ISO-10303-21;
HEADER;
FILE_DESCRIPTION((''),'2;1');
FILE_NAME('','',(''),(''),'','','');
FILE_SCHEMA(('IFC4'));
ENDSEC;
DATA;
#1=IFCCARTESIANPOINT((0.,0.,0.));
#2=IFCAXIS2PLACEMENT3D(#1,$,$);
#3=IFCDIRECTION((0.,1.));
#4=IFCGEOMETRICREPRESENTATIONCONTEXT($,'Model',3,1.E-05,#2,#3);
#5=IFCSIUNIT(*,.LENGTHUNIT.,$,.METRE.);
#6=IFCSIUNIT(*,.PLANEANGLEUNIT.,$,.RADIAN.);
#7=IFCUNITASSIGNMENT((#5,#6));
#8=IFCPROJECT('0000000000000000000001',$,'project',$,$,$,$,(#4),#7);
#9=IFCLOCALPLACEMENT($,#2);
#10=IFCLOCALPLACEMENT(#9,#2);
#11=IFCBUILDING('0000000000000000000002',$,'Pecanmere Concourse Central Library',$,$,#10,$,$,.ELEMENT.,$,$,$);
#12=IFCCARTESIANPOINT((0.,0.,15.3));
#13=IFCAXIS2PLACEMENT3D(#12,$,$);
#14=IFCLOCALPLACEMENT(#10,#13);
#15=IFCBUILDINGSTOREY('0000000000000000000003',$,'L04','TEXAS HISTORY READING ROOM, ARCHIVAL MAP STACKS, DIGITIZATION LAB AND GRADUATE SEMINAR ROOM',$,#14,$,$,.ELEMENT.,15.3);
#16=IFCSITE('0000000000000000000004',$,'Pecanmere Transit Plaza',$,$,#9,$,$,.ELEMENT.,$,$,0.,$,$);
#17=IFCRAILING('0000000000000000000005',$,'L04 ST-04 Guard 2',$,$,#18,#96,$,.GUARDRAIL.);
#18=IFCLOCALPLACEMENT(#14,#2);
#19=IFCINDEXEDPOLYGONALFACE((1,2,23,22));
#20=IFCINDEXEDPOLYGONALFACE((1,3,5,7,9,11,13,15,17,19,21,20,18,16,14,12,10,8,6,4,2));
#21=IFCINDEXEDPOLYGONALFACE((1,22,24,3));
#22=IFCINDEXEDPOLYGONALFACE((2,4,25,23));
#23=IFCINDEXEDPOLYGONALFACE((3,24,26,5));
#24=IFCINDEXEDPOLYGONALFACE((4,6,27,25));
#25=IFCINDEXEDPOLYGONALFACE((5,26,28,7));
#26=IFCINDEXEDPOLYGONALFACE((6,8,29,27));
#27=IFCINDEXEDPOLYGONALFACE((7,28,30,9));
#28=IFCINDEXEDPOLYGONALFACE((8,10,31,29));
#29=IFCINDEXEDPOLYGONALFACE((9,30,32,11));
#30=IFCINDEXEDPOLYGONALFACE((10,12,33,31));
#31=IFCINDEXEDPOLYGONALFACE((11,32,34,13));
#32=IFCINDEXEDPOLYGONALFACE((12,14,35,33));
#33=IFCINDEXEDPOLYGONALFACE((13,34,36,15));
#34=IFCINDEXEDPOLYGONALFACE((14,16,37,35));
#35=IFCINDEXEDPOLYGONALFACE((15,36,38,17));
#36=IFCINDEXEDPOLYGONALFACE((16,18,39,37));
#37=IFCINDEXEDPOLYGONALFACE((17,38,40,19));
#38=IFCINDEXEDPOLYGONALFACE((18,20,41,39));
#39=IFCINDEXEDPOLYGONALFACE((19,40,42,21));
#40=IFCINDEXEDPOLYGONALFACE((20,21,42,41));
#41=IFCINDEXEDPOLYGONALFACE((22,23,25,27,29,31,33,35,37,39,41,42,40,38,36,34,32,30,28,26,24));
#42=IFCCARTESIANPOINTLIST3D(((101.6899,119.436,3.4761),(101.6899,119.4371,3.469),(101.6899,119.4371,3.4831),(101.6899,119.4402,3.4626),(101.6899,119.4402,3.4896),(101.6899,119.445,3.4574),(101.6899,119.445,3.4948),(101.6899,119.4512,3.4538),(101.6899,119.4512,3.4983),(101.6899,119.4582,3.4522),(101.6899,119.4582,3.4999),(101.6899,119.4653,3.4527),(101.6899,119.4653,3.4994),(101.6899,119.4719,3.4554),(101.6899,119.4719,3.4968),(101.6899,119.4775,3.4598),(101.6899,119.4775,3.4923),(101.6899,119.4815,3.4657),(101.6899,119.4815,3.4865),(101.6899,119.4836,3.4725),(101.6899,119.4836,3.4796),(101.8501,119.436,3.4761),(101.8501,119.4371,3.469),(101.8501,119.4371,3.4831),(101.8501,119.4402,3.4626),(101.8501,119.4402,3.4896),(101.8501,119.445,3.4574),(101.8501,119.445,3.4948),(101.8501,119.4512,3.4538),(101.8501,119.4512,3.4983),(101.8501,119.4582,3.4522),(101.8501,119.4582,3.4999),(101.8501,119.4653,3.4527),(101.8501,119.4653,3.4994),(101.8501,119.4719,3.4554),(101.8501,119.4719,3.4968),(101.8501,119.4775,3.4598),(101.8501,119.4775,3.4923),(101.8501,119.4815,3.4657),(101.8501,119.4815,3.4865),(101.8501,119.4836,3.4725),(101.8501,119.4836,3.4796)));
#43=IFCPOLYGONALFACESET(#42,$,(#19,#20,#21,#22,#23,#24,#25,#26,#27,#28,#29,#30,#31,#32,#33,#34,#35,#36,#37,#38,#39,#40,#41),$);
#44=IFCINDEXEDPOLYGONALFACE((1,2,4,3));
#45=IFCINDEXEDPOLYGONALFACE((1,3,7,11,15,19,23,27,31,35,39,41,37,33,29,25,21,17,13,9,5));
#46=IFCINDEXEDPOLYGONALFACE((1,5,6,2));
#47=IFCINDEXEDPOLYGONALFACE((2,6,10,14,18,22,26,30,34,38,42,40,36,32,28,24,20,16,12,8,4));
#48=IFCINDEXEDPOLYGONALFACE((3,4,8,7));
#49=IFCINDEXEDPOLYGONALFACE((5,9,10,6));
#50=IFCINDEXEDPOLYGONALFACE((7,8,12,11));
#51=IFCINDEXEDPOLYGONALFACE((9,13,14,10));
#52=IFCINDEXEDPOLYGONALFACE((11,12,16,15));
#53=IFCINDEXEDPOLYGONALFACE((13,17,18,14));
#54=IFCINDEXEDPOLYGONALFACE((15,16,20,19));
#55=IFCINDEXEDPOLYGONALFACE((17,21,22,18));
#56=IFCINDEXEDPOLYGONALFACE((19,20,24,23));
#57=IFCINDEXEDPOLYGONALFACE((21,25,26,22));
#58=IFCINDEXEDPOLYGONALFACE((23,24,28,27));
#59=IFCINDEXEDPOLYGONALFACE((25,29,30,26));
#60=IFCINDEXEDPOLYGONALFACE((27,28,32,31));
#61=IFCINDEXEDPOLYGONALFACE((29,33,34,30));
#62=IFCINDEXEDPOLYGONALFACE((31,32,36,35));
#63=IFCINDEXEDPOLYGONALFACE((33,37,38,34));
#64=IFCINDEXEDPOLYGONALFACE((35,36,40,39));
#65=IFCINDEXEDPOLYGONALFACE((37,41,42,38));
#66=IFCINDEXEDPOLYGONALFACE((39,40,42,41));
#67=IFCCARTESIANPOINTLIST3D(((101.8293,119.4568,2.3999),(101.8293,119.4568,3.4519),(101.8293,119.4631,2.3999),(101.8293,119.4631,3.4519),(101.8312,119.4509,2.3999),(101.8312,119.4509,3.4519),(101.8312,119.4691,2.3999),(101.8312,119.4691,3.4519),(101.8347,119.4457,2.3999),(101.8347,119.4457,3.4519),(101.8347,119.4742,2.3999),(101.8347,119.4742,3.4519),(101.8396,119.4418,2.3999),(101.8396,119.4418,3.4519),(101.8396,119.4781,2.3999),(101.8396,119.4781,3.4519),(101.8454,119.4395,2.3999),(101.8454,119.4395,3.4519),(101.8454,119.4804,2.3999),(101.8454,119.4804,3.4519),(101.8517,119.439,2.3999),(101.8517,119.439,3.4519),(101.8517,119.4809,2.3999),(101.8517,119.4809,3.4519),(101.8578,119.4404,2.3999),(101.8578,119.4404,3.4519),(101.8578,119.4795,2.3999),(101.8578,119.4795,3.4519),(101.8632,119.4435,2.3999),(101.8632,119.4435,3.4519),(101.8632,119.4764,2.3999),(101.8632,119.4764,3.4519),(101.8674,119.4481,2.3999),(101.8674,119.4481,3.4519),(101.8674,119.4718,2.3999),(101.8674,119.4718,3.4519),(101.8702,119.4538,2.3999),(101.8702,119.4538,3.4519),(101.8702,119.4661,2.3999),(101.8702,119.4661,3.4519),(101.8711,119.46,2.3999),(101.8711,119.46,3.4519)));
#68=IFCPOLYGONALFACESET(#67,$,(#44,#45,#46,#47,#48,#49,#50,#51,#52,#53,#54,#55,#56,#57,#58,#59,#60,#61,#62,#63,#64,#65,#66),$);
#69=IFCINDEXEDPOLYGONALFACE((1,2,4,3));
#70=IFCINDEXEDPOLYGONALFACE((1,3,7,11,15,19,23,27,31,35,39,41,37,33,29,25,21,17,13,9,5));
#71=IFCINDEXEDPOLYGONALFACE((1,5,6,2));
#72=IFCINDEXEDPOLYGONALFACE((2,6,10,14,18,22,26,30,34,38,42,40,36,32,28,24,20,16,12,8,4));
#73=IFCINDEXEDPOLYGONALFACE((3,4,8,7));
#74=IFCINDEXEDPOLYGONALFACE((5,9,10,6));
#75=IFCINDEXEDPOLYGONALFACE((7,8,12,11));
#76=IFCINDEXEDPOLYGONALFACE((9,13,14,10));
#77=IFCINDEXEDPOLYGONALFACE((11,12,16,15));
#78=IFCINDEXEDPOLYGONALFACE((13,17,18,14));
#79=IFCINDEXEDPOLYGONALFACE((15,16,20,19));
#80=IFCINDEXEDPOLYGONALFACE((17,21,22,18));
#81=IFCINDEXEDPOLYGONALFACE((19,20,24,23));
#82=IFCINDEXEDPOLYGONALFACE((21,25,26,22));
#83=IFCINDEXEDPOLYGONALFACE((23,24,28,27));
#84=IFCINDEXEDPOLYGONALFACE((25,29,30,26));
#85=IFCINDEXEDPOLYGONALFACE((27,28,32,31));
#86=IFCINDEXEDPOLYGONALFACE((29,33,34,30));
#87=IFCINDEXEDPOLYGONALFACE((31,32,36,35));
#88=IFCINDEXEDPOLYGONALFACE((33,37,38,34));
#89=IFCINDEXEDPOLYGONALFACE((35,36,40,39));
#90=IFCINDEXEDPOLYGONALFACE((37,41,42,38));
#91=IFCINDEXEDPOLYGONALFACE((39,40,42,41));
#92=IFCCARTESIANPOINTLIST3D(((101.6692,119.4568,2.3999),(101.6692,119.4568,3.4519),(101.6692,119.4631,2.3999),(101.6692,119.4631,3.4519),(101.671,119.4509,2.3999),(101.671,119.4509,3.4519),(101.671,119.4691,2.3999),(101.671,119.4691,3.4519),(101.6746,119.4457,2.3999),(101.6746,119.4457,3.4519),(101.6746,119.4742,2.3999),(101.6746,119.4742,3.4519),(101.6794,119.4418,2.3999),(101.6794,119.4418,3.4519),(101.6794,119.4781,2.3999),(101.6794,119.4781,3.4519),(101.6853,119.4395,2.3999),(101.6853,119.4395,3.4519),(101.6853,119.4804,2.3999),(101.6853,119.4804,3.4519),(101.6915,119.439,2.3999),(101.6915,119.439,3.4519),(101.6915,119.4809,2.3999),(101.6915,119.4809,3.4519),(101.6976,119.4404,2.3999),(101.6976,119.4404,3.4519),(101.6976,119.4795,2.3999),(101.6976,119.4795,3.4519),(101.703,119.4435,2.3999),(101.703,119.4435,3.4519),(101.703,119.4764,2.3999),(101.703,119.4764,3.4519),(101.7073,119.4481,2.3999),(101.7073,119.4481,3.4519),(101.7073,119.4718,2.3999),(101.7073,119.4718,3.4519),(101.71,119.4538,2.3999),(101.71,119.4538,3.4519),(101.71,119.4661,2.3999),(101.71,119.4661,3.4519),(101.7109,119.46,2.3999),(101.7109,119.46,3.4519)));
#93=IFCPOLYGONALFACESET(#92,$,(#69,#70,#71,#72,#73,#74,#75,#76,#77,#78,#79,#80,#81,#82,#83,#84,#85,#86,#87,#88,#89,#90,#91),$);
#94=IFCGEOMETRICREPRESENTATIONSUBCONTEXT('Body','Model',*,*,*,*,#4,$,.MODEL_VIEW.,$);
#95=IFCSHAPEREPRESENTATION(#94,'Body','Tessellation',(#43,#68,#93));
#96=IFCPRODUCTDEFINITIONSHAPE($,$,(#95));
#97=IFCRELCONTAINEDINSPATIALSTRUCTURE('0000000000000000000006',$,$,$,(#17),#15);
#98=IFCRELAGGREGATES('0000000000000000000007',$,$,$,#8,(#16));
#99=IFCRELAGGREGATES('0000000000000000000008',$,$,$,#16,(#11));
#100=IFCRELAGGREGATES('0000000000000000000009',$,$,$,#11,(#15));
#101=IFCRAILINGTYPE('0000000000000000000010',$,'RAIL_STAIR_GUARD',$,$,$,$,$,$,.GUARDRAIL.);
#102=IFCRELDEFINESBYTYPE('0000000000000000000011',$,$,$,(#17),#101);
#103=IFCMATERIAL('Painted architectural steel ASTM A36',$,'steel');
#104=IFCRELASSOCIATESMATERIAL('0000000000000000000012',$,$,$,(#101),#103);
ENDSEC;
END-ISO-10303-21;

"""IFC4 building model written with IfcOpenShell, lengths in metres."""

from ifc_helpers import new_model, si_unit, direction, frame, origin, origin_2d, place, context, subcontext, project, spatial, circle, extrude, material, type_object, element, save


model = new_model("IFC4")

# Units and contexts
model_context = context("Model", 3, precision=1e-05, world=origin(), true_north=direction((0.0, 1.0)))
body_context = subcontext(model_context, "Body", "Model", "MODEL_VIEW")
ifc_project = project(units=[si_unit("LENGTHUNIT", "METRE"), si_unit("PLANEANGLEUNIT", "RADIAN")], contexts=[model_context])

# Site, building, storey
site_placement = place(None, origin())
site = spatial("IfcSite", under=ifc_project, at=site_placement, Name="Pecanmere Transit Plaza", CompositionType="ELEMENT", RefElevation=0.0)
building_placement = place(site_placement, origin())
building = spatial("IfcBuilding", under=site, at=building_placement, Name="Pecanmere Concourse Central Library", CompositionType="ELEMENT")
storey_placement = place(building_placement, frame((0.0, 0.0, 15.3)))
storey = spatial("IfcBuildingStorey", under=building, at=storey_placement, Name="L04", Description="TEXAS HISTORY READING ROOM, ARCHIVAL MAP STACKS, DIGITIZATION LAB AND GRADUATE SEMINAR ROOM", CompositionType="ELEMENT", Elevation=15.3)

# Railing
ifc_material_1 = material(Name="Painted architectural steel ASTM A36", Category="steel")
railing_type_1 = type_object("IfcRailingType", Name="RAIL_STAIR_GUARD", PredefinedType="GUARDRAIL", material=ifc_material_1)
railing_1_placement = place(storey_placement, frame((101.8501, 119.46, 2.3999)))
element("IfcRailing", 1, at=railing_1_placement, inside=storey, type_object=railing_type_1, Name="L04 ST-04 Guard 2", PredefinedType="GUARDRAIL", context=body_context, shape_type="SweptSolid", body=[
    extrude(circle(Radius=0.0239, at=origin_2d()), frame((0.0, 0.0, 1.0762), z_axis=(-1.0, 0.0, 0.0), x_axis=(0.0, -1.0, 0.0)), (0.0, 0.0, 1.0), 0.1602),
    extrude(circle(Radius=0.021, at=origin_2d()), origin(), (0.0, 0.0, 1.0), 1.052),
    extrude(circle(Radius=0.021, at=origin_2d()), frame((-0.1602, 0.0, 0.0)), (0.0, 0.0, 1.0), 1.052),
])

save(model, "model.ifc")
